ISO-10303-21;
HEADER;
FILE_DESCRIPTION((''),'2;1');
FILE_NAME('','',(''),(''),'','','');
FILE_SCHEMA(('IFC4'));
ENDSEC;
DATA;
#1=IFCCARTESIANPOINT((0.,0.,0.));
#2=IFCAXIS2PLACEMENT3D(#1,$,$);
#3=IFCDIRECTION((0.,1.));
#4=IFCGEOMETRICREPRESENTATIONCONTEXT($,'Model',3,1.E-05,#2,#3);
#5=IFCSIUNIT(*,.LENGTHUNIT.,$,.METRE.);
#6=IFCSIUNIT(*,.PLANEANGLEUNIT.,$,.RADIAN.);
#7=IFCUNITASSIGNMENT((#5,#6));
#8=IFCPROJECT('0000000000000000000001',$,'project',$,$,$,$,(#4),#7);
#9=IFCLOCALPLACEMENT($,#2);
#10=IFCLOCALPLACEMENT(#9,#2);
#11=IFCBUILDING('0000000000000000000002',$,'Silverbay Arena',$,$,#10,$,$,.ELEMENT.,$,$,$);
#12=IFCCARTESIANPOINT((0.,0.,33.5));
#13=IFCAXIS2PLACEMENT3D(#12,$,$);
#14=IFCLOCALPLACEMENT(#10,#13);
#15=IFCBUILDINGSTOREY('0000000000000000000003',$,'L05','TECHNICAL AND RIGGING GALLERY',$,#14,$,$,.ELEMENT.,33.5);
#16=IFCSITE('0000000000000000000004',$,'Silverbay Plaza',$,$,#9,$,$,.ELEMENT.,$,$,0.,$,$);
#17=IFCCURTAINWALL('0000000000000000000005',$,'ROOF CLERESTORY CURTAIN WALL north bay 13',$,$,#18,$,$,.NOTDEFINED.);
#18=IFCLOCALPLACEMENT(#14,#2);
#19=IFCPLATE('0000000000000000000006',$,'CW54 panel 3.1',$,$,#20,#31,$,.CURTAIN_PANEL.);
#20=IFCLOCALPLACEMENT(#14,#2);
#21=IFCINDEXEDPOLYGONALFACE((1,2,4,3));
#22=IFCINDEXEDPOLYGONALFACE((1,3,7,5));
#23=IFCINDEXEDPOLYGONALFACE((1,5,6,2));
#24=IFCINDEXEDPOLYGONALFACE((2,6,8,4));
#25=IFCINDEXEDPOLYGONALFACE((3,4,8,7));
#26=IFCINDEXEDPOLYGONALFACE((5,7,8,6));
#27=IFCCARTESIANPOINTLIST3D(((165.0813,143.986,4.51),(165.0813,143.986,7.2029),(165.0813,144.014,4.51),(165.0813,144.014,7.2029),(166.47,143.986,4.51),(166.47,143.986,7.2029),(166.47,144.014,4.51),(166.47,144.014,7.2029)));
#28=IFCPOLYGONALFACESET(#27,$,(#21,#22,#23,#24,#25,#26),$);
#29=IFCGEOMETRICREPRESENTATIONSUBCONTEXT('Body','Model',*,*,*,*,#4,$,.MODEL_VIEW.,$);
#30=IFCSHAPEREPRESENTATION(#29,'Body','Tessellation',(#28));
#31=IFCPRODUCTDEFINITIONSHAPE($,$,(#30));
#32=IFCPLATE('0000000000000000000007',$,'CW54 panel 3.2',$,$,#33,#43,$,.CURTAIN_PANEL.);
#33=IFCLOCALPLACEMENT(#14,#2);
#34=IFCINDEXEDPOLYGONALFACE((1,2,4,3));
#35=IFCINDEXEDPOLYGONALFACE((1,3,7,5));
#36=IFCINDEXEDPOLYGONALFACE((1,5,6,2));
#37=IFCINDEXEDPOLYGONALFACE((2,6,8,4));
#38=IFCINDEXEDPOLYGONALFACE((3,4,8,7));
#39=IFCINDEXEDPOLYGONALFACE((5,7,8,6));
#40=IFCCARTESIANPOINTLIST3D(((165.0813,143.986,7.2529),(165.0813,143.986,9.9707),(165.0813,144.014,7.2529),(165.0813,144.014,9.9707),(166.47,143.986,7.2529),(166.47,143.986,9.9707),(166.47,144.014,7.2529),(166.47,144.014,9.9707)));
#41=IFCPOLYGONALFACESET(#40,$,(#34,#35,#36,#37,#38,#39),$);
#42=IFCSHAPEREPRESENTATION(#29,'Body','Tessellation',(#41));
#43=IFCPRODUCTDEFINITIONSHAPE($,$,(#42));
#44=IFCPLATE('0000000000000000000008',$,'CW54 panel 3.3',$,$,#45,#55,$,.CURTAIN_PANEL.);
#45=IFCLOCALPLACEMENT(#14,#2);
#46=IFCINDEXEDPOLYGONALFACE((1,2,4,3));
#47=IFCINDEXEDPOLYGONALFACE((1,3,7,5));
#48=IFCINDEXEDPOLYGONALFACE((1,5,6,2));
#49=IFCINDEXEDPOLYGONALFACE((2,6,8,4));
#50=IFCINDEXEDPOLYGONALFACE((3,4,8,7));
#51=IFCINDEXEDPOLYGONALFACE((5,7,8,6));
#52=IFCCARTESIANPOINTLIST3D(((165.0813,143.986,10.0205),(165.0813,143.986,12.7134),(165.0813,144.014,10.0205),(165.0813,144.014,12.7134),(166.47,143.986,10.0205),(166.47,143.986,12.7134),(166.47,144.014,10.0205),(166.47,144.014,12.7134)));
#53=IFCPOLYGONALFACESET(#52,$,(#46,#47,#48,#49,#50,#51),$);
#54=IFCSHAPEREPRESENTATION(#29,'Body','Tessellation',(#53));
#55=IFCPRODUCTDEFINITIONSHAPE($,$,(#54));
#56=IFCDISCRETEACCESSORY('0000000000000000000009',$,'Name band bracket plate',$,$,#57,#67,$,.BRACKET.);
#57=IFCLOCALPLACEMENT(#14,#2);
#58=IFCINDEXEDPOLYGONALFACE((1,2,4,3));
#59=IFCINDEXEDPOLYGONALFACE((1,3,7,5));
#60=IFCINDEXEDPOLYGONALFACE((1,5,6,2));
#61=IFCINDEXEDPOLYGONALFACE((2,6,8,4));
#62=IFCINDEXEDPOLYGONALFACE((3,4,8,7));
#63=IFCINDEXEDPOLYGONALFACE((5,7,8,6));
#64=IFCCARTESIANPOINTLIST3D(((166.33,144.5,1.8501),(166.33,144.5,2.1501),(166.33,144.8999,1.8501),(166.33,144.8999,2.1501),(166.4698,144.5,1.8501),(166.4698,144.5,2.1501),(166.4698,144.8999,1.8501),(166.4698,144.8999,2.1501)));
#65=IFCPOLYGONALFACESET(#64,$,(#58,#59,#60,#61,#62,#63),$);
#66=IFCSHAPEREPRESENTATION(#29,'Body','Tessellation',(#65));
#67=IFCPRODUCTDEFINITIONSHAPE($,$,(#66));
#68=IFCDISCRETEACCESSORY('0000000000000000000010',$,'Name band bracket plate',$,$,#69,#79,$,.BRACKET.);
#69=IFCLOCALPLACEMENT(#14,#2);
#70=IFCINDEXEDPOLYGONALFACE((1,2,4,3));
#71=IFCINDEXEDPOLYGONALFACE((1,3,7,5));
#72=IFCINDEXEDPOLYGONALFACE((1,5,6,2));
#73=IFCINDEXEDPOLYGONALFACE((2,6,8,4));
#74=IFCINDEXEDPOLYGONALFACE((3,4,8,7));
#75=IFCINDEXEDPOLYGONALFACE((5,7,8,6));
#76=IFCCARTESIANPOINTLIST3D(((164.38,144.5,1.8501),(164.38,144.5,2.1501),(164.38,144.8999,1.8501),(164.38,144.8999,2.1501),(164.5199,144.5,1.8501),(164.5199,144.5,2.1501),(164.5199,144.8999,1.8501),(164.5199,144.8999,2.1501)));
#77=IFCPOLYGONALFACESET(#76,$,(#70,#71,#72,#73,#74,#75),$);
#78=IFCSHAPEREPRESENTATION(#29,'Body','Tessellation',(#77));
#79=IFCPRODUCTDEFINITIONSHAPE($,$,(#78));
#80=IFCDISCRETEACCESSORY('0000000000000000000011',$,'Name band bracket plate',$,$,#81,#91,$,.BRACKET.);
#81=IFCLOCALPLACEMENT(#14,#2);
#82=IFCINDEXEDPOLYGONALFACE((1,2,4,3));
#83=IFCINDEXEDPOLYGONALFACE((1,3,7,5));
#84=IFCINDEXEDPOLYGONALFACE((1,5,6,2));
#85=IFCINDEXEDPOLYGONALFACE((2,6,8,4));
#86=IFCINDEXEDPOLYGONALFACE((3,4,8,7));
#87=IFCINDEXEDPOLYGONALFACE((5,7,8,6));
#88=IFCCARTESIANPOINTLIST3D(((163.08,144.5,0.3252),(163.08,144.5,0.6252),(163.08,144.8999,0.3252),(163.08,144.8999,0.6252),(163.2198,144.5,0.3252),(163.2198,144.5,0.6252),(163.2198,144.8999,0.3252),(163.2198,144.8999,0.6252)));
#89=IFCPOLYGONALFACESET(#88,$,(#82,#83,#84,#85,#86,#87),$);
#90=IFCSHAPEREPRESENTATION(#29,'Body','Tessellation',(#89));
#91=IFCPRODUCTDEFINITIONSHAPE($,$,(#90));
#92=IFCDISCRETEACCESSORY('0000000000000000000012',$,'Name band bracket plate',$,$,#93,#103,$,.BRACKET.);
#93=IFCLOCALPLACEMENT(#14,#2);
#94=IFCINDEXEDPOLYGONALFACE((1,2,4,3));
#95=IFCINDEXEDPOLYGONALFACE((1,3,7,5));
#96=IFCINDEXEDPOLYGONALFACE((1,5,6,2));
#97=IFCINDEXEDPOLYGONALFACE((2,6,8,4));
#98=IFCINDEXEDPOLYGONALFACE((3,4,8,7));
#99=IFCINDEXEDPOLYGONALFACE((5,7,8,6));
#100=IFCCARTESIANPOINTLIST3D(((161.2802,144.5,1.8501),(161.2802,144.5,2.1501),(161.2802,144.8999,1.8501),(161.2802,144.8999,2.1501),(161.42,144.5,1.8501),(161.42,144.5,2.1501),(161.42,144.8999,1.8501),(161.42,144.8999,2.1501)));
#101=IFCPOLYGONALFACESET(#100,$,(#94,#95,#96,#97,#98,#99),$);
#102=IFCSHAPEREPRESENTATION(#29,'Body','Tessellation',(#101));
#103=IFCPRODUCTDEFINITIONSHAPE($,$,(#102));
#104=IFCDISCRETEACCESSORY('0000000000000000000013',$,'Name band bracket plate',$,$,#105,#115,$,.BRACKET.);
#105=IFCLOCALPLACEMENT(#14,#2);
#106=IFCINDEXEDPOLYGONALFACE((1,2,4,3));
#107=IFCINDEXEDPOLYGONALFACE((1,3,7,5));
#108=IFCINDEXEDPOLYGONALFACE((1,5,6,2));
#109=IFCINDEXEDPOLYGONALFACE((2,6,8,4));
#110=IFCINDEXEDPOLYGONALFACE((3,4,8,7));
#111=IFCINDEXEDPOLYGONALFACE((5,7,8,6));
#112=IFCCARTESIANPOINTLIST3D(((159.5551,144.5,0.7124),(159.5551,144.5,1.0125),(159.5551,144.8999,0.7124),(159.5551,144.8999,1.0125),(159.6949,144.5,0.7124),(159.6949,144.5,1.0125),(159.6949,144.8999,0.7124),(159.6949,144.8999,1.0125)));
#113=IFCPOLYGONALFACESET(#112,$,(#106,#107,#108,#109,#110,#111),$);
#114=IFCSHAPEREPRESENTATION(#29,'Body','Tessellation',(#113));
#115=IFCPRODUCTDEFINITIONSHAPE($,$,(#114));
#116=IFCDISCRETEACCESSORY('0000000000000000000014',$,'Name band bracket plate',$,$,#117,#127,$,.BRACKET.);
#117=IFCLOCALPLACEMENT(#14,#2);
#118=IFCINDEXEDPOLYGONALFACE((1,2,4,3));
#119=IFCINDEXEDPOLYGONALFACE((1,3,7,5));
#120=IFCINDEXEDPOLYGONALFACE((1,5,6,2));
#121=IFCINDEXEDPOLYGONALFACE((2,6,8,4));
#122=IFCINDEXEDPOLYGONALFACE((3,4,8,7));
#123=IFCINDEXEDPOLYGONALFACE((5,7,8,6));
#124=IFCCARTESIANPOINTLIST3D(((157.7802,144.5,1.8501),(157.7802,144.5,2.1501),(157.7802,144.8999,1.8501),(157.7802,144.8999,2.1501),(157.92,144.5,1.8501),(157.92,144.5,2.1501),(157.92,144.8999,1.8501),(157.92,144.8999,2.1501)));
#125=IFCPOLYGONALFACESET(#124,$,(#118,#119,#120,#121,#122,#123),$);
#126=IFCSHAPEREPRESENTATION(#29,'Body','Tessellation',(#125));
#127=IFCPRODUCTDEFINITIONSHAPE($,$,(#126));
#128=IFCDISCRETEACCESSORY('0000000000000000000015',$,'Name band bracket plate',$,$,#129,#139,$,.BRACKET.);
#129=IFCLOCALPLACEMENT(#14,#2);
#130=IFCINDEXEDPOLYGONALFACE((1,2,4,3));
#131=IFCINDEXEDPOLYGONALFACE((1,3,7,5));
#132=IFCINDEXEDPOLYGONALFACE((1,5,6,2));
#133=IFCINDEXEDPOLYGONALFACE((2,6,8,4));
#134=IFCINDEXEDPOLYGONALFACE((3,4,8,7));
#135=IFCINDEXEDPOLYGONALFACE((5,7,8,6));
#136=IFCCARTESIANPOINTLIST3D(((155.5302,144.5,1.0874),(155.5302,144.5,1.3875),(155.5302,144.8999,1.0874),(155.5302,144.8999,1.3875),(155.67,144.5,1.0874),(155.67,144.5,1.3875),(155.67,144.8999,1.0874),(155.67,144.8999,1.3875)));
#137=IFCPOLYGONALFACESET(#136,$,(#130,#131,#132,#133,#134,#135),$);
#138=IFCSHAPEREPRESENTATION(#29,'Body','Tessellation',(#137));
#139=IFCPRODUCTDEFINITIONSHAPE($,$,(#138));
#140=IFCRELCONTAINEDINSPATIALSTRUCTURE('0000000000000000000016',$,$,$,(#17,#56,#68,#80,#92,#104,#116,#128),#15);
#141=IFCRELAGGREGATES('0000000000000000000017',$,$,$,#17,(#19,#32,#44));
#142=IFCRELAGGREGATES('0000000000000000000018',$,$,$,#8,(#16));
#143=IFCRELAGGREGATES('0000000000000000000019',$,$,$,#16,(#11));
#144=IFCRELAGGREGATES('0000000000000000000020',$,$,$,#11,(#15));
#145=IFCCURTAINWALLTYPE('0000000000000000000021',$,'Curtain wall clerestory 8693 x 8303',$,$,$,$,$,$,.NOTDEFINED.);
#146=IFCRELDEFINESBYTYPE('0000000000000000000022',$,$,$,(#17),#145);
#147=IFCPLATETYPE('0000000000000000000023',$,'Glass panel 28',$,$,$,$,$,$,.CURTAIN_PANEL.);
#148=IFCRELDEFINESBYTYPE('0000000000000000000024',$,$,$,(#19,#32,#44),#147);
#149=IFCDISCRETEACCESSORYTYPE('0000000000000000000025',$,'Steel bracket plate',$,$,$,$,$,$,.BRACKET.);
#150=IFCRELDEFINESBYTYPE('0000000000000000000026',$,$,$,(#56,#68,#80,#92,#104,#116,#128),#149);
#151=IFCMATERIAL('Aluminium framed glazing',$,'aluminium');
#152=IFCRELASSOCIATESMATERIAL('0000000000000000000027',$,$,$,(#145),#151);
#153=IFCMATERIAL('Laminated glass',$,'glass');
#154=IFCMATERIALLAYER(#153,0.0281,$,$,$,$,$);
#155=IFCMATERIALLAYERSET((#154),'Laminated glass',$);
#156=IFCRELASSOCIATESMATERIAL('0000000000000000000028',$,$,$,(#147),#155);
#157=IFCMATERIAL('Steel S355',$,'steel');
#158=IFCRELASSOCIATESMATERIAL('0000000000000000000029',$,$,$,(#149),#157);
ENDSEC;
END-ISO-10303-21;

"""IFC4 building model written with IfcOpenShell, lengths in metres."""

from ifc_helpers import new_model, si_unit, direction, frame, origin, origin_2d, place, context, subcontext, project, spatial, rectangle, extrude, material, layer, layer_set, type_object, element, aggregate, save


model = new_model("IFC4")

# Units and contexts
model_context = context("Model", 3, precision=1e-05, world=origin(), true_north=direction((0.0, 1.0)))
body_context = subcontext(model_context, "Body", "Model", "MODEL_VIEW")
ifc_project = project(units=[si_unit("LENGTHUNIT", "METRE"), si_unit("PLANEANGLEUNIT", "RADIAN")], contexts=[model_context])

# Site, building, storey
site_placement = place(None, origin())
site = spatial("IfcSite", under=ifc_project, at=site_placement, Name="Silverbay Plaza", CompositionType="ELEMENT", RefElevation=0.0)
building_placement = place(site_placement, origin())
building = spatial("IfcBuilding", under=site, at=building_placement, Name="Silverbay Arena", CompositionType="ELEMENT")
storey_placement = place(building_placement, frame((0.0, 0.0, 33.5)))
storey = spatial("IfcBuildingStorey", under=building, at=storey_placement, Name="L05", Description="TECHNICAL AND RIGGING GALLERY", CompositionType="ELEMENT", Elevation=33.5)

# Curtain wall
ifc_material_1 = material(Name="Aluminium framed glazing", Category="aluminium")
curtain_wall_type = type_object("IfcCurtainWallType", Name="Curtain wall clerestory 8693 x 8303", PredefinedType="NOTDEFINED", material=ifc_material_1)
curtain_wall_placement = place(storey_placement, origin())
curtain_wall = element("IfcCurtainWall", 1, at=curtain_wall_placement, inside=storey, type_object=curtain_wall_type, Name="ROOF CLERESTORY CURTAIN WALL north bay 13", PredefinedType="NOTDEFINED")

# Plates
ifc_material_2 = material(Name="Laminated glass", Category="glass")
ifc_layer = layer(ifc_material_2, 0.0281)
ifc_layer_set = layer_set([ifc_layer], Name="Laminated glass")
plate_type = type_object("IfcPlateType", Name="Glass panel 28", PredefinedType="CURTAIN_PANEL", material=ifc_layer_set)
plate_1_placement = place(storey_placement, frame((165.7756, 144.0, 4.51), z_axis=(0.0, 0.0, 1.0), x_axis=(1.0, 0.0, 0.0)))
plate_1 = element("IfcPlate", 2, at=plate_1_placement, type_object=plate_type, Name="CW54 panel 3.1", PredefinedType="CURTAIN_PANEL", context=body_context, shape_type="SweptSolid", body=[
    extrude(rectangle(XDim=1.3887, YDim=0.0281, at=origin_2d()), origin(), (0.0, 0.0, 1.0), 2.6929),
])
plate_2_placement = place(storey_placement, frame((165.7756, 144.0, 7.2529), z_axis=(0.0, 0.0, 1.0), x_axis=(1.0, 0.0, 0.0)))
plate_2 = element("IfcPlate", 3, at=plate_2_placement, type_object=plate_type, Name="CW54 panel 3.2", PredefinedType="CURTAIN_PANEL", context=body_context, shape_type="SweptSolid", body=[
    extrude(rectangle(XDim=1.3887, YDim=0.0281, at=origin_2d()), origin(), (0.0, 0.0, 1.0), 2.7178),
])
plate_3_placement = place(storey_placement, frame((165.7756, 144.0, 10.0205), z_axis=(0.0, 0.0, 1.0), x_axis=(1.0, 0.0, 0.0)))
plate_3 = element("IfcPlate", 4, at=plate_3_placement, type_object=plate_type, Name="CW54 panel 3.3", PredefinedType="CURTAIN_PANEL", context=body_context, shape_type="SweptSolid", body=[
    extrude(rectangle(XDim=1.3887, YDim=0.0281, at=origin_2d()), origin(), (0.0, 0.0, 1.0), 2.6929),
])
aggregate(curtain_wall, [plate_1, plate_2, plate_3])

# Discrete accessories
ifc_material_3 = material(Name="Steel S355", Category="steel")
discrete_accessory_type = type_object("IfcDiscreteAccessoryType", Name="Steel bracket plate", PredefinedType="BRACKET", material=ifc_material_3)
for number, where, z_axis, x_axis, name in (
    (5, (166.3999, 144.7, 1.8501), (0.0, 0.0, 1.0), (1.0, 0.0, 0.0), "Name band bracket plate"),
    (6, (164.45, 144.7, 1.8501), (0.0, 0.0, 1.0), (1.0, 0.0, 0.0), "Name band bracket plate"),
    (7, (163.1499, 144.7, 0.3252), (0.0, 0.0, 1.0), (1.0, 0.0, 0.0), "Name band bracket plate"),
    (8, (161.3501, 144.7, 1.8501), (0.0, 0.0, 1.0), (1.0, 0.0, 0.0), "Name band bracket plate"),
    (9, (159.625, 144.7, 0.7124), (0.0, 0.0, 1.0), (1.0, 0.0, 0.0), "Name band bracket plate"),
    (10, (157.8501, 144.7, 1.8501), (0.0, 0.0, 1.0), (1.0, 0.0, 0.0), "Name band bracket plate"),
    (11, (155.6001, 144.7, 1.0874), (0.0, 0.0, 1.0), (1.0, 0.0, 0.0), "Name band bracket plate"),
):
    element("IfcDiscreteAccessory", number, at=place(storey_placement, frame(where, z_axis=z_axis, x_axis=x_axis)), inside=storey, type_object=discrete_accessory_type, Name=name, PredefinedType="BRACKET", context=body_context, shape_type="SweptSolid", body=[
        extrude(rectangle(XDim=0.1399, YDim=0.3999, at=origin_2d()), origin(), (0.0, 0.0, 1.0), 0.3),
    ])

save(model, "model.ifc")
